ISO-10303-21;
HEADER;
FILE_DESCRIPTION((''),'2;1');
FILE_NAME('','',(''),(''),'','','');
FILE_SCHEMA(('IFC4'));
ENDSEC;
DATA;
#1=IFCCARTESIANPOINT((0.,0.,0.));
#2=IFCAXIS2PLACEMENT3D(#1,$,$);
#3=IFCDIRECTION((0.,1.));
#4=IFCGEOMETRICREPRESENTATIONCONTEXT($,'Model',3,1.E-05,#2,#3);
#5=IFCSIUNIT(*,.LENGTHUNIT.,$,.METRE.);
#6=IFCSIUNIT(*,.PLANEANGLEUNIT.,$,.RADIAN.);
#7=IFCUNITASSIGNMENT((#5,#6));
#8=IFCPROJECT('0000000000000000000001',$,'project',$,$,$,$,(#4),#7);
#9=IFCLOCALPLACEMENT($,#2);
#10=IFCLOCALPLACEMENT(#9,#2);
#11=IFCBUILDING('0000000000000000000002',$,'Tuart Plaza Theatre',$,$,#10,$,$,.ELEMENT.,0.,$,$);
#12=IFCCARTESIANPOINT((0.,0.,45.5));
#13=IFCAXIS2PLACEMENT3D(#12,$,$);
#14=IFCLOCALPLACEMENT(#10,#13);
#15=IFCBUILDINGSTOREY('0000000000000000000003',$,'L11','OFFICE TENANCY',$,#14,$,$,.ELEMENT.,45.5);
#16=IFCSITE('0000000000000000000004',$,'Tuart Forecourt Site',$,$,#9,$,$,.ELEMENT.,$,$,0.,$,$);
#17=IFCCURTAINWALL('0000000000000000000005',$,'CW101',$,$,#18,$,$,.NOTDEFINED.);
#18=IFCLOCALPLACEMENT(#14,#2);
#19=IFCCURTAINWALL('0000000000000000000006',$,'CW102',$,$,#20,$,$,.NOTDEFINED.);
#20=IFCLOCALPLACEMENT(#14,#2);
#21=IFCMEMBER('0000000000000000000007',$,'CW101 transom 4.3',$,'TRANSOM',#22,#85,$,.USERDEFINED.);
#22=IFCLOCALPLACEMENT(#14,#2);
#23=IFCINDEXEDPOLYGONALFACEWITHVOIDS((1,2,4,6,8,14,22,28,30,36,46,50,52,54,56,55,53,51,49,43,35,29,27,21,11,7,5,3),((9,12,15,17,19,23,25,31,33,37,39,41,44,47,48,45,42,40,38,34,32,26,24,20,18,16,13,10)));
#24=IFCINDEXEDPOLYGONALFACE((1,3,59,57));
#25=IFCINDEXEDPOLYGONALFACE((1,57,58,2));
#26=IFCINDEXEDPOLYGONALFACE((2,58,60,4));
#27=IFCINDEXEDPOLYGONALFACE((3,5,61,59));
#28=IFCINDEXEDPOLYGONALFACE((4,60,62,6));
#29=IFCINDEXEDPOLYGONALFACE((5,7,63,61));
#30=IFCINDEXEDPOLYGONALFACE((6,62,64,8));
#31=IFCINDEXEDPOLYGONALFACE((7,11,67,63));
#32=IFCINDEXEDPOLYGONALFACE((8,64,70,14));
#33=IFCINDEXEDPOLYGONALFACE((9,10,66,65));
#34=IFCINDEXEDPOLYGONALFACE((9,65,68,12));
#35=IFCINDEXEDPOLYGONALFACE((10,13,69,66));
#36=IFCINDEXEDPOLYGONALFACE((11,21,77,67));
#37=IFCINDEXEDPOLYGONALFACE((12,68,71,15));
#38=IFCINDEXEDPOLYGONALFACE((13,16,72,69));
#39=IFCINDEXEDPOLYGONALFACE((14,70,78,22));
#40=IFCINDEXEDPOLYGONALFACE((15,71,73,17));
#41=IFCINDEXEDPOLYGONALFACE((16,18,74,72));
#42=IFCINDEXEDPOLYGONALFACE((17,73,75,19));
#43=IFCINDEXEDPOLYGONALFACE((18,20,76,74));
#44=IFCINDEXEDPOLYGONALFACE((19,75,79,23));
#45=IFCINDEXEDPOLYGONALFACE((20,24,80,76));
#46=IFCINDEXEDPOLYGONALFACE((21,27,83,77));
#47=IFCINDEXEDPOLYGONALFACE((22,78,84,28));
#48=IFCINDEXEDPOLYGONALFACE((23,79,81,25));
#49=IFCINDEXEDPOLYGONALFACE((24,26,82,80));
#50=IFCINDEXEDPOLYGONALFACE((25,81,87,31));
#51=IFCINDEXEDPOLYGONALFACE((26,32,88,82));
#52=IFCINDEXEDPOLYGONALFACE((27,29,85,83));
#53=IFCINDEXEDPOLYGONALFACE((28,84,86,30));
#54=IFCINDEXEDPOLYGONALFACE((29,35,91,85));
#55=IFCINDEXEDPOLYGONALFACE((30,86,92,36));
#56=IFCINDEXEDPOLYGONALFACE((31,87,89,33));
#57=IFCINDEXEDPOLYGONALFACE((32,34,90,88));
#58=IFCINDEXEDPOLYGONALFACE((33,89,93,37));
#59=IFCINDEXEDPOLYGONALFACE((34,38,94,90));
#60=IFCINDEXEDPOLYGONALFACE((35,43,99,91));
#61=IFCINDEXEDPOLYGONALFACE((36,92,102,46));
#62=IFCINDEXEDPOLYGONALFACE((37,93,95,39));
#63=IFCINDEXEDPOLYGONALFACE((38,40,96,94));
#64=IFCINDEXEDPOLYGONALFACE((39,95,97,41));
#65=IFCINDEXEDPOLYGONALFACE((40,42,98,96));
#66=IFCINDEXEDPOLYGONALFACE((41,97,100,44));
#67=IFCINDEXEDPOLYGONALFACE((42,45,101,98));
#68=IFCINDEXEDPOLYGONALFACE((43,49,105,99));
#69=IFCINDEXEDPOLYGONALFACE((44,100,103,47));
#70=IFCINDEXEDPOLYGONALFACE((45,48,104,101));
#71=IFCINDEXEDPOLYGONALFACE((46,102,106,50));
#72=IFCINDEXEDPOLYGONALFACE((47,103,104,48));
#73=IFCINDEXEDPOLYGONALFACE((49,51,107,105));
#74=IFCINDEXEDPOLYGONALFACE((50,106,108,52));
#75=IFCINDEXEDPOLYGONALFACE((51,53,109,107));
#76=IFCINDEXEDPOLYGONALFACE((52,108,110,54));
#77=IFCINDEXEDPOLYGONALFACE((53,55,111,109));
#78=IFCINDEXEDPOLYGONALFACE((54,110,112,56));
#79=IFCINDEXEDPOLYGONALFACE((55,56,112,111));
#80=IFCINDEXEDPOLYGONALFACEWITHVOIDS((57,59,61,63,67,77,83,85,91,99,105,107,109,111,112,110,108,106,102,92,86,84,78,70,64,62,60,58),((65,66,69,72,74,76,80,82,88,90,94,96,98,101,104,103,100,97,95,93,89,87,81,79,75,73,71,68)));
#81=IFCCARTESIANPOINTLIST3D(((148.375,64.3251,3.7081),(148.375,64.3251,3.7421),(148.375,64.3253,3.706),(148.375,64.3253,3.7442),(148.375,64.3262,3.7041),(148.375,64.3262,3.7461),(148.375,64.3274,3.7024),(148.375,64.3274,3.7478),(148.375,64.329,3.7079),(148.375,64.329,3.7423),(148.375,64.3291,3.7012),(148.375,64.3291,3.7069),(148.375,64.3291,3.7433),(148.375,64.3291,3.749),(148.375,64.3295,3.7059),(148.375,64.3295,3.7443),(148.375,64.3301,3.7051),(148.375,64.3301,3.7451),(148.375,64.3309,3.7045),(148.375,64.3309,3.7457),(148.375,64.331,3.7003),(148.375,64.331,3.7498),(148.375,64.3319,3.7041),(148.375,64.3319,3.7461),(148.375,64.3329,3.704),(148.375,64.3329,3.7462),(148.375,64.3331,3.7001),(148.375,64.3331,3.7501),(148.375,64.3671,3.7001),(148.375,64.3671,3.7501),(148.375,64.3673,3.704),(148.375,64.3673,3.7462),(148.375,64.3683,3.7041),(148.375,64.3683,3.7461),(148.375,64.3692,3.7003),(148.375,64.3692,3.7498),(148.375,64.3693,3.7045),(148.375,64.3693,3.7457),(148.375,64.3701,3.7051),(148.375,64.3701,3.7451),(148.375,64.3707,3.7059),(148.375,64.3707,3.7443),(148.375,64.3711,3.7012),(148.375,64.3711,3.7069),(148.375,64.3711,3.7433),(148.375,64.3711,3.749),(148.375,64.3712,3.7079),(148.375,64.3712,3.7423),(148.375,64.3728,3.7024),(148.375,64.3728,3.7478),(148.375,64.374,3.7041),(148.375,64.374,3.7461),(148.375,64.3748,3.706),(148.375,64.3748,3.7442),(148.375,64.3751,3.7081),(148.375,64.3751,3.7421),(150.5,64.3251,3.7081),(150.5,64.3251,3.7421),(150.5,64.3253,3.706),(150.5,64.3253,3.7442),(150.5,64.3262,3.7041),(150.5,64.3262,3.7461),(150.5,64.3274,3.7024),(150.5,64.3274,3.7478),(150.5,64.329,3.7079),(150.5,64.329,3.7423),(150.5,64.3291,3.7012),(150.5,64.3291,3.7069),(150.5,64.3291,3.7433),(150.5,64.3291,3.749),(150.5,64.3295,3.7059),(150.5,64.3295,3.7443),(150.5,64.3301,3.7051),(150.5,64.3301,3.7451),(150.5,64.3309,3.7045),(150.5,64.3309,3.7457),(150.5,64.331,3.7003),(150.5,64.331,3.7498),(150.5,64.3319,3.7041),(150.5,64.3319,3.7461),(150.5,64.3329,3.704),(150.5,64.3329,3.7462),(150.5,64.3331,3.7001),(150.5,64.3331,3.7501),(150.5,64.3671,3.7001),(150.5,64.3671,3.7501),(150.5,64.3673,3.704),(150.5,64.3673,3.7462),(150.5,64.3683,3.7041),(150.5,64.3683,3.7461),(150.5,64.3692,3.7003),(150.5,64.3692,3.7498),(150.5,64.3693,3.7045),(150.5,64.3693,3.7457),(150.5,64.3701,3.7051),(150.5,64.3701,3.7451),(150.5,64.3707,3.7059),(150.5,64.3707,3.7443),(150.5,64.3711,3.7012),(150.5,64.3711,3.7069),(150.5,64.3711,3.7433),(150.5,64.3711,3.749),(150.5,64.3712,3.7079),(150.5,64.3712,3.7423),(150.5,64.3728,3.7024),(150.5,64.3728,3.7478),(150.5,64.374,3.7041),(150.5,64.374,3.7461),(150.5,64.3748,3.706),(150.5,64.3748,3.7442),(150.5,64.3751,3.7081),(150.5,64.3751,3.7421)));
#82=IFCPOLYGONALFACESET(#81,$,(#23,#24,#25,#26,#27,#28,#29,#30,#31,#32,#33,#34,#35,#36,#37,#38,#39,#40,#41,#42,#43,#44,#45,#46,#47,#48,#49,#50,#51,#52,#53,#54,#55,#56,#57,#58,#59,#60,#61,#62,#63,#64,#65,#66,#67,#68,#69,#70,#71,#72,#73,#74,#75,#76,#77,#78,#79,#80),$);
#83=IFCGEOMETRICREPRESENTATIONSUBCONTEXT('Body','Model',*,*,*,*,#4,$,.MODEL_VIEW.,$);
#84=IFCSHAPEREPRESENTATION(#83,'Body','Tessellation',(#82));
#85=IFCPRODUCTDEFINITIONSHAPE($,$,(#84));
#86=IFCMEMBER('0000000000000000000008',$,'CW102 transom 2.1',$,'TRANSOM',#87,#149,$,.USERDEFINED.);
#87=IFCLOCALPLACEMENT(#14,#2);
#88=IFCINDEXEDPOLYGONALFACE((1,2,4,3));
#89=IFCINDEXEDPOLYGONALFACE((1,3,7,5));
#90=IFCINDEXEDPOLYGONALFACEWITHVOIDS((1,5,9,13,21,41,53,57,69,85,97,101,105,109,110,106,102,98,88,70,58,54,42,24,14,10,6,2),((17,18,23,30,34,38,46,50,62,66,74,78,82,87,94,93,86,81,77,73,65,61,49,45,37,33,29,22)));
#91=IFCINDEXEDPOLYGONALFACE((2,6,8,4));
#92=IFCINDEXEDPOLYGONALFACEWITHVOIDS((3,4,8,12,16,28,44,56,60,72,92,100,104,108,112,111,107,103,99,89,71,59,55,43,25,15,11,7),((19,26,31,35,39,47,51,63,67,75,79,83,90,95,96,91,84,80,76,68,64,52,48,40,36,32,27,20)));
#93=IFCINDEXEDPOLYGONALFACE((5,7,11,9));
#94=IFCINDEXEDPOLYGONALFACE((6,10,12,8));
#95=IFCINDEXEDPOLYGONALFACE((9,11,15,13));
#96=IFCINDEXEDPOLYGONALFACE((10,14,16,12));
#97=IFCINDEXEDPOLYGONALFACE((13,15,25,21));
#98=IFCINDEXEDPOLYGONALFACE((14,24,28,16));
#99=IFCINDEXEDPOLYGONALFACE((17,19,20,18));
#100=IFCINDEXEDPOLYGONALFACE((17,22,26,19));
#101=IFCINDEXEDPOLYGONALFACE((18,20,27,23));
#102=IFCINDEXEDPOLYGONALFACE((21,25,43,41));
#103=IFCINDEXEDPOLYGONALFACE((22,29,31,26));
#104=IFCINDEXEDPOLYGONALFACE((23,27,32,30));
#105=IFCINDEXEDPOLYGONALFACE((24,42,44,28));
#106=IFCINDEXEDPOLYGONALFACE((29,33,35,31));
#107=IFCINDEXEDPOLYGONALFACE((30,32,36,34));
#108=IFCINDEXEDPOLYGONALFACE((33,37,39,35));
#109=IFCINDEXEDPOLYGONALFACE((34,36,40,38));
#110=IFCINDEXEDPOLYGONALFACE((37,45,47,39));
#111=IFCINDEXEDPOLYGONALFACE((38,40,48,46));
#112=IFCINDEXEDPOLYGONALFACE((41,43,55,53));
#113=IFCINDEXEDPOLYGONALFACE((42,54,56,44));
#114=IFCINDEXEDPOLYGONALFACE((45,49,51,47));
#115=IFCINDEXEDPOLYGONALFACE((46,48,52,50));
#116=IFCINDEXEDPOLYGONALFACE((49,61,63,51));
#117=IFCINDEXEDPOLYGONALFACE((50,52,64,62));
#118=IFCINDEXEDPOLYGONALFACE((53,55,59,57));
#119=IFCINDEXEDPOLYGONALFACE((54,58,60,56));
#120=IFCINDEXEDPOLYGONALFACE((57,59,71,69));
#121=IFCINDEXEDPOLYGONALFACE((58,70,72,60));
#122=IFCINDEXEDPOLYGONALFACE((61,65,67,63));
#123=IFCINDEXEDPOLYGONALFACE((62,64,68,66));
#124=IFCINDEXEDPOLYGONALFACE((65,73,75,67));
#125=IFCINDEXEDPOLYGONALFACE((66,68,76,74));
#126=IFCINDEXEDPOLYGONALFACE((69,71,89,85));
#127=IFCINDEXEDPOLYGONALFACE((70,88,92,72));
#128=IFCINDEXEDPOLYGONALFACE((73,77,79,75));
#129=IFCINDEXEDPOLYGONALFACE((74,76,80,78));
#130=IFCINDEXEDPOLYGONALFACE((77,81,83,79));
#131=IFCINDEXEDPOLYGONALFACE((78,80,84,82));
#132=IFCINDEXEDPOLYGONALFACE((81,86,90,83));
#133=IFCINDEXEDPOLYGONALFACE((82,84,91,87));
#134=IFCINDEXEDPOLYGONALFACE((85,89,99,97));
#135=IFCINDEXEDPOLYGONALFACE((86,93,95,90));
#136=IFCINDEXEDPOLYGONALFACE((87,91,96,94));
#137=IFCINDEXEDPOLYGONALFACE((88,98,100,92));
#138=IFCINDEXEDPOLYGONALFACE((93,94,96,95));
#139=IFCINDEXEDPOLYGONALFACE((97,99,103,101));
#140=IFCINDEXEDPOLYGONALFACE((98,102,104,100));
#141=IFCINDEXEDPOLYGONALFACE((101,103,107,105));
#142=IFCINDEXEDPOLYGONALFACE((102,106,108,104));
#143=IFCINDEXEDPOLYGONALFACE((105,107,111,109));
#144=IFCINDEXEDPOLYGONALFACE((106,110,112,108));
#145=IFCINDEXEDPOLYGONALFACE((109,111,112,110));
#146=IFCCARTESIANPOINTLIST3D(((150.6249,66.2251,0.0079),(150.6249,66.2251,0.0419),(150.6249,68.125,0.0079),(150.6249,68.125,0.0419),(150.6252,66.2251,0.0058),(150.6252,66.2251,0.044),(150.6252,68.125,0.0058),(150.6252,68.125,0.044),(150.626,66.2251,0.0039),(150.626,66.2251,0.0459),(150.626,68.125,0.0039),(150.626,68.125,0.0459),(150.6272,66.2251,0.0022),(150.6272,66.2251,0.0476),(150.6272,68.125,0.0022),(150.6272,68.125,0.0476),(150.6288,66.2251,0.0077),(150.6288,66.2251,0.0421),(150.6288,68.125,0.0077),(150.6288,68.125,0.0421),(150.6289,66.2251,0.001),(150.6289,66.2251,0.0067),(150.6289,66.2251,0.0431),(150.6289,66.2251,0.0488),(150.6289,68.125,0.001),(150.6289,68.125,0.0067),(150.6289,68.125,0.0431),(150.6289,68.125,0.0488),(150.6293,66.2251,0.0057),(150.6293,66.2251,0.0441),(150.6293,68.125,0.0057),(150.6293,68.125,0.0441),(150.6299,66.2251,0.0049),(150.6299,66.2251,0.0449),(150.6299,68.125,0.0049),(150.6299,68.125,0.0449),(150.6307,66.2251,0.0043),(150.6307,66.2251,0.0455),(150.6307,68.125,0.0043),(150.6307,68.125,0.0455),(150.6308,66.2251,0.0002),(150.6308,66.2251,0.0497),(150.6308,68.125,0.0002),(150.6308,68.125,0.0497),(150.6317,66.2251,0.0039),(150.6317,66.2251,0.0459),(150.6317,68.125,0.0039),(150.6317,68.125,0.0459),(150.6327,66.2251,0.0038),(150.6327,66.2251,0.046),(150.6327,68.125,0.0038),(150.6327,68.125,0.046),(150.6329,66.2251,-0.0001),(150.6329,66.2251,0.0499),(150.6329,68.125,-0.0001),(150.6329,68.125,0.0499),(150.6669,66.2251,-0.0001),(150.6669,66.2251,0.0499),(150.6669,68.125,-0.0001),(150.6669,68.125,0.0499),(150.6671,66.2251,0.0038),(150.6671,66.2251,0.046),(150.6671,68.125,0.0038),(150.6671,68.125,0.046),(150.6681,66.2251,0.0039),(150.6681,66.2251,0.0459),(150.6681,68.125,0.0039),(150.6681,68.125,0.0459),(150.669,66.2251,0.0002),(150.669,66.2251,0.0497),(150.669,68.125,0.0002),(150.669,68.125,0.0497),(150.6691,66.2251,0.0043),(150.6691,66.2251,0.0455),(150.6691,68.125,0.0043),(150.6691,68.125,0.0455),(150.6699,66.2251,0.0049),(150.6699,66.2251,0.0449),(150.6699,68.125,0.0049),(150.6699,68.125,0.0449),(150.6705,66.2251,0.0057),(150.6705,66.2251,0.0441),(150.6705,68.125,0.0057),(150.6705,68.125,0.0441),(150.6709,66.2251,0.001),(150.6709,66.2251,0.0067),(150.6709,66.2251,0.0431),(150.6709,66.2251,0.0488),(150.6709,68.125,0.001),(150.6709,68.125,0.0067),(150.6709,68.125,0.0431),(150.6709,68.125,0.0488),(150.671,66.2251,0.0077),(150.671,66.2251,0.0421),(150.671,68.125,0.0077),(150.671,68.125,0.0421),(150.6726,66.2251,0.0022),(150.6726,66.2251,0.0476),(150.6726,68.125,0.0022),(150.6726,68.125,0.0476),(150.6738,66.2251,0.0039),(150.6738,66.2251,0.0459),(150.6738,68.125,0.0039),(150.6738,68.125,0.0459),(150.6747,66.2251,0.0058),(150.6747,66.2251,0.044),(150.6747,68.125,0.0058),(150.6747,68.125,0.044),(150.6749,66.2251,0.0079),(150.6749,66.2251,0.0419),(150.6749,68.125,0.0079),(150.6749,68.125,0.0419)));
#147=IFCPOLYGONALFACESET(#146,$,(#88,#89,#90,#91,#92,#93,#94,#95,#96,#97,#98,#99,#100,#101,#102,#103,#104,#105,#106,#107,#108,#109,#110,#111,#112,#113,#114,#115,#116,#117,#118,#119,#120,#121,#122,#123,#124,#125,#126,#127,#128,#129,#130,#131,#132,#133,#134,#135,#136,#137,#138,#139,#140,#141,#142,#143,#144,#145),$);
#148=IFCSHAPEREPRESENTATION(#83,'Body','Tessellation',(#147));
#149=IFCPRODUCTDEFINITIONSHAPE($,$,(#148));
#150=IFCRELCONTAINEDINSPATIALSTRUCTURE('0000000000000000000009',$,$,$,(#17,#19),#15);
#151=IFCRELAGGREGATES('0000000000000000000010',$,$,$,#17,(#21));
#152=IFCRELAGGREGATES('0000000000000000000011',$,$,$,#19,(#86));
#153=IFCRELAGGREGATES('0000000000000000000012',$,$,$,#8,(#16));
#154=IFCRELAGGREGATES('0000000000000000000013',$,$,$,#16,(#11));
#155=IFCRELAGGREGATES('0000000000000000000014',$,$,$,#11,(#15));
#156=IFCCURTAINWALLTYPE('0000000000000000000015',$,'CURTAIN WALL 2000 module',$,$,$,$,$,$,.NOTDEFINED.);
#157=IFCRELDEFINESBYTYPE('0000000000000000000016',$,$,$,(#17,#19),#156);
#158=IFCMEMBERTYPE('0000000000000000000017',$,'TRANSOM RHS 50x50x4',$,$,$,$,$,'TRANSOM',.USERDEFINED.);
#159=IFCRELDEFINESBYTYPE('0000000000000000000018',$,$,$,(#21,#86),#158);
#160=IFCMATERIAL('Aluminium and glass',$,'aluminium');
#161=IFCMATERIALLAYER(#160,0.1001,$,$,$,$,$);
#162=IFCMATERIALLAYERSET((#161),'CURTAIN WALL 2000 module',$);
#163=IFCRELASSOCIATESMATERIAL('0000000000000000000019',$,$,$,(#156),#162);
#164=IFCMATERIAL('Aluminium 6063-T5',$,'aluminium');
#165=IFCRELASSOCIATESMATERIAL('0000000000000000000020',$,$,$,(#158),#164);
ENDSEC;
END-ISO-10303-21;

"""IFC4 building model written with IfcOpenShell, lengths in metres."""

from ifc_helpers import new_model, si_unit, direction, frame, origin, origin_2d, place, context, subcontext, project, spatial, hollow_rectangle, extrude, material, layer, layer_set, material_profile, profile_set, type_object, element, aggregate, save


model = new_model("IFC4")

# Units and contexts
model_context = context("Model", 3, precision=1e-05, world=origin(), true_north=direction((0.0, 1.0)))
body_context = subcontext(model_context, "Body", "Model", "MODEL_VIEW")
ifc_project = project(units=[si_unit("LENGTHUNIT", "METRE"), si_unit("PLANEANGLEUNIT", "RADIAN")], contexts=[model_context])

# Site, building, storey
site_placement = place(None, origin())
site = spatial("IfcSite", under=ifc_project, at=site_placement, Name="Tuart Forecourt Site", CompositionType="ELEMENT", RefElevation=0.0)
building_placement = place(site_placement, origin())
building = spatial("IfcBuilding", under=site, at=building_placement, Name="Tuart Plaza Theatre", CompositionType="ELEMENT", ElevationOfRefHeight=0.0)
storey_placement = place(building_placement, frame((0.0, 0.0, 45.5)))
storey = spatial("IfcBuildingStorey", under=building, at=storey_placement, Name="L11", Description="OFFICE TENANCY", CompositionType="ELEMENT", Elevation=45.5)

# Shared definitions
ifc_material_1 = material(Name="Aluminium and glass", Category="aluminium")
ifc_layer_1 = layer(ifc_material_1, 0.1001)
ifc_layer_set_1 = layer_set([ifc_layer_1], Name="CURTAIN WALL 2000 module")
curtain_wall_type = type_object("IfcCurtainWallType", Name="CURTAIN WALL 2000 module", PredefinedType="NOTDEFINED", material=ifc_layer_set_1)

# Curtain walls
curtain_wall_1_placement = place(storey_placement, origin())
curtain_wall_1 = element("IfcCurtainWall", 1, at=curtain_wall_1_placement, inside=storey, type_object=curtain_wall_type, Name="CW101", PredefinedType="NOTDEFINED")
curtain_wall_2_placement = place(storey_placement, origin())
curtain_wall_2 = element("IfcCurtainWall", 2, at=curtain_wall_2_placement, inside=storey, type_object=curtain_wall_type, Name="CW102", PredefinedType="NOTDEFINED")

# Members
ifc_material_2 = material(Name="Aluminium 6063-T5", Category="aluminium")
ifc_material_profile_1 = material_profile(ifc_material_2, hollow_rectangle(XDim=0.05, YDim=0.05, WallThickness=0.0039, InnerFilletRadius=0.0039, OuterFilletRadius=0.0081, at=origin_2d()), Name="RHS 50x50x4")
ifc_profile_set_1 = profile_set([ifc_material_profile_1], Name="Aluminium 6063-T5")
member_type_1 = type_object("IfcMemberType", Name="TRANSOM RHS 50x50x4", ElementType="TRANSOM", PredefinedType="USERDEFINED", material=ifc_profile_set_1)
member_1_placement = place(storey_placement, frame((148.375, 64.3501, 3.7251), z_axis=(1.0, 0.0, 0.0), x_axis=(0.0, 1.0, 0.0)))
member_1 = element("IfcMember", 3, at=member_1_placement, type_object=member_type_1, Name="CW101 transom 4.3", ObjectType="TRANSOM", PredefinedType="USERDEFINED", context=body_context, shape_type="SweptSolid", body=[
    extrude(hollow_rectangle(XDim=0.05, YDim=0.05, WallThickness=0.0039, InnerFilletRadius=0.0039, OuterFilletRadius=0.0081, at=origin_2d()), origin(), (0.0, 0.0, 1.0), 2.125),
])
member_2_placement = place(storey_placement, frame((150.6499, 66.2251, 0.0249), z_axis=(0.0, 1.0, 0.0), x_axis=(-1.0, 0.0, 0.0)))
member_2 = element("IfcMember", 4, at=member_2_placement, type_object=member_type_1, Name="CW102 transom 2.1", ObjectType="TRANSOM", PredefinedType="USERDEFINED", context=body_context, shape_type="SweptSolid", body=[
    extrude(hollow_rectangle(XDim=0.05, YDim=0.05, WallThickness=0.0039, InnerFilletRadius=0.0039, OuterFilletRadius=0.0081, at=origin_2d()), origin(), (0.0, 0.0, 1.0), 1.8999),
])

aggregate(curtain_wall_1, [member_1])
aggregate(curtain_wall_2, [member_2])

save(model, "model.ifc")
